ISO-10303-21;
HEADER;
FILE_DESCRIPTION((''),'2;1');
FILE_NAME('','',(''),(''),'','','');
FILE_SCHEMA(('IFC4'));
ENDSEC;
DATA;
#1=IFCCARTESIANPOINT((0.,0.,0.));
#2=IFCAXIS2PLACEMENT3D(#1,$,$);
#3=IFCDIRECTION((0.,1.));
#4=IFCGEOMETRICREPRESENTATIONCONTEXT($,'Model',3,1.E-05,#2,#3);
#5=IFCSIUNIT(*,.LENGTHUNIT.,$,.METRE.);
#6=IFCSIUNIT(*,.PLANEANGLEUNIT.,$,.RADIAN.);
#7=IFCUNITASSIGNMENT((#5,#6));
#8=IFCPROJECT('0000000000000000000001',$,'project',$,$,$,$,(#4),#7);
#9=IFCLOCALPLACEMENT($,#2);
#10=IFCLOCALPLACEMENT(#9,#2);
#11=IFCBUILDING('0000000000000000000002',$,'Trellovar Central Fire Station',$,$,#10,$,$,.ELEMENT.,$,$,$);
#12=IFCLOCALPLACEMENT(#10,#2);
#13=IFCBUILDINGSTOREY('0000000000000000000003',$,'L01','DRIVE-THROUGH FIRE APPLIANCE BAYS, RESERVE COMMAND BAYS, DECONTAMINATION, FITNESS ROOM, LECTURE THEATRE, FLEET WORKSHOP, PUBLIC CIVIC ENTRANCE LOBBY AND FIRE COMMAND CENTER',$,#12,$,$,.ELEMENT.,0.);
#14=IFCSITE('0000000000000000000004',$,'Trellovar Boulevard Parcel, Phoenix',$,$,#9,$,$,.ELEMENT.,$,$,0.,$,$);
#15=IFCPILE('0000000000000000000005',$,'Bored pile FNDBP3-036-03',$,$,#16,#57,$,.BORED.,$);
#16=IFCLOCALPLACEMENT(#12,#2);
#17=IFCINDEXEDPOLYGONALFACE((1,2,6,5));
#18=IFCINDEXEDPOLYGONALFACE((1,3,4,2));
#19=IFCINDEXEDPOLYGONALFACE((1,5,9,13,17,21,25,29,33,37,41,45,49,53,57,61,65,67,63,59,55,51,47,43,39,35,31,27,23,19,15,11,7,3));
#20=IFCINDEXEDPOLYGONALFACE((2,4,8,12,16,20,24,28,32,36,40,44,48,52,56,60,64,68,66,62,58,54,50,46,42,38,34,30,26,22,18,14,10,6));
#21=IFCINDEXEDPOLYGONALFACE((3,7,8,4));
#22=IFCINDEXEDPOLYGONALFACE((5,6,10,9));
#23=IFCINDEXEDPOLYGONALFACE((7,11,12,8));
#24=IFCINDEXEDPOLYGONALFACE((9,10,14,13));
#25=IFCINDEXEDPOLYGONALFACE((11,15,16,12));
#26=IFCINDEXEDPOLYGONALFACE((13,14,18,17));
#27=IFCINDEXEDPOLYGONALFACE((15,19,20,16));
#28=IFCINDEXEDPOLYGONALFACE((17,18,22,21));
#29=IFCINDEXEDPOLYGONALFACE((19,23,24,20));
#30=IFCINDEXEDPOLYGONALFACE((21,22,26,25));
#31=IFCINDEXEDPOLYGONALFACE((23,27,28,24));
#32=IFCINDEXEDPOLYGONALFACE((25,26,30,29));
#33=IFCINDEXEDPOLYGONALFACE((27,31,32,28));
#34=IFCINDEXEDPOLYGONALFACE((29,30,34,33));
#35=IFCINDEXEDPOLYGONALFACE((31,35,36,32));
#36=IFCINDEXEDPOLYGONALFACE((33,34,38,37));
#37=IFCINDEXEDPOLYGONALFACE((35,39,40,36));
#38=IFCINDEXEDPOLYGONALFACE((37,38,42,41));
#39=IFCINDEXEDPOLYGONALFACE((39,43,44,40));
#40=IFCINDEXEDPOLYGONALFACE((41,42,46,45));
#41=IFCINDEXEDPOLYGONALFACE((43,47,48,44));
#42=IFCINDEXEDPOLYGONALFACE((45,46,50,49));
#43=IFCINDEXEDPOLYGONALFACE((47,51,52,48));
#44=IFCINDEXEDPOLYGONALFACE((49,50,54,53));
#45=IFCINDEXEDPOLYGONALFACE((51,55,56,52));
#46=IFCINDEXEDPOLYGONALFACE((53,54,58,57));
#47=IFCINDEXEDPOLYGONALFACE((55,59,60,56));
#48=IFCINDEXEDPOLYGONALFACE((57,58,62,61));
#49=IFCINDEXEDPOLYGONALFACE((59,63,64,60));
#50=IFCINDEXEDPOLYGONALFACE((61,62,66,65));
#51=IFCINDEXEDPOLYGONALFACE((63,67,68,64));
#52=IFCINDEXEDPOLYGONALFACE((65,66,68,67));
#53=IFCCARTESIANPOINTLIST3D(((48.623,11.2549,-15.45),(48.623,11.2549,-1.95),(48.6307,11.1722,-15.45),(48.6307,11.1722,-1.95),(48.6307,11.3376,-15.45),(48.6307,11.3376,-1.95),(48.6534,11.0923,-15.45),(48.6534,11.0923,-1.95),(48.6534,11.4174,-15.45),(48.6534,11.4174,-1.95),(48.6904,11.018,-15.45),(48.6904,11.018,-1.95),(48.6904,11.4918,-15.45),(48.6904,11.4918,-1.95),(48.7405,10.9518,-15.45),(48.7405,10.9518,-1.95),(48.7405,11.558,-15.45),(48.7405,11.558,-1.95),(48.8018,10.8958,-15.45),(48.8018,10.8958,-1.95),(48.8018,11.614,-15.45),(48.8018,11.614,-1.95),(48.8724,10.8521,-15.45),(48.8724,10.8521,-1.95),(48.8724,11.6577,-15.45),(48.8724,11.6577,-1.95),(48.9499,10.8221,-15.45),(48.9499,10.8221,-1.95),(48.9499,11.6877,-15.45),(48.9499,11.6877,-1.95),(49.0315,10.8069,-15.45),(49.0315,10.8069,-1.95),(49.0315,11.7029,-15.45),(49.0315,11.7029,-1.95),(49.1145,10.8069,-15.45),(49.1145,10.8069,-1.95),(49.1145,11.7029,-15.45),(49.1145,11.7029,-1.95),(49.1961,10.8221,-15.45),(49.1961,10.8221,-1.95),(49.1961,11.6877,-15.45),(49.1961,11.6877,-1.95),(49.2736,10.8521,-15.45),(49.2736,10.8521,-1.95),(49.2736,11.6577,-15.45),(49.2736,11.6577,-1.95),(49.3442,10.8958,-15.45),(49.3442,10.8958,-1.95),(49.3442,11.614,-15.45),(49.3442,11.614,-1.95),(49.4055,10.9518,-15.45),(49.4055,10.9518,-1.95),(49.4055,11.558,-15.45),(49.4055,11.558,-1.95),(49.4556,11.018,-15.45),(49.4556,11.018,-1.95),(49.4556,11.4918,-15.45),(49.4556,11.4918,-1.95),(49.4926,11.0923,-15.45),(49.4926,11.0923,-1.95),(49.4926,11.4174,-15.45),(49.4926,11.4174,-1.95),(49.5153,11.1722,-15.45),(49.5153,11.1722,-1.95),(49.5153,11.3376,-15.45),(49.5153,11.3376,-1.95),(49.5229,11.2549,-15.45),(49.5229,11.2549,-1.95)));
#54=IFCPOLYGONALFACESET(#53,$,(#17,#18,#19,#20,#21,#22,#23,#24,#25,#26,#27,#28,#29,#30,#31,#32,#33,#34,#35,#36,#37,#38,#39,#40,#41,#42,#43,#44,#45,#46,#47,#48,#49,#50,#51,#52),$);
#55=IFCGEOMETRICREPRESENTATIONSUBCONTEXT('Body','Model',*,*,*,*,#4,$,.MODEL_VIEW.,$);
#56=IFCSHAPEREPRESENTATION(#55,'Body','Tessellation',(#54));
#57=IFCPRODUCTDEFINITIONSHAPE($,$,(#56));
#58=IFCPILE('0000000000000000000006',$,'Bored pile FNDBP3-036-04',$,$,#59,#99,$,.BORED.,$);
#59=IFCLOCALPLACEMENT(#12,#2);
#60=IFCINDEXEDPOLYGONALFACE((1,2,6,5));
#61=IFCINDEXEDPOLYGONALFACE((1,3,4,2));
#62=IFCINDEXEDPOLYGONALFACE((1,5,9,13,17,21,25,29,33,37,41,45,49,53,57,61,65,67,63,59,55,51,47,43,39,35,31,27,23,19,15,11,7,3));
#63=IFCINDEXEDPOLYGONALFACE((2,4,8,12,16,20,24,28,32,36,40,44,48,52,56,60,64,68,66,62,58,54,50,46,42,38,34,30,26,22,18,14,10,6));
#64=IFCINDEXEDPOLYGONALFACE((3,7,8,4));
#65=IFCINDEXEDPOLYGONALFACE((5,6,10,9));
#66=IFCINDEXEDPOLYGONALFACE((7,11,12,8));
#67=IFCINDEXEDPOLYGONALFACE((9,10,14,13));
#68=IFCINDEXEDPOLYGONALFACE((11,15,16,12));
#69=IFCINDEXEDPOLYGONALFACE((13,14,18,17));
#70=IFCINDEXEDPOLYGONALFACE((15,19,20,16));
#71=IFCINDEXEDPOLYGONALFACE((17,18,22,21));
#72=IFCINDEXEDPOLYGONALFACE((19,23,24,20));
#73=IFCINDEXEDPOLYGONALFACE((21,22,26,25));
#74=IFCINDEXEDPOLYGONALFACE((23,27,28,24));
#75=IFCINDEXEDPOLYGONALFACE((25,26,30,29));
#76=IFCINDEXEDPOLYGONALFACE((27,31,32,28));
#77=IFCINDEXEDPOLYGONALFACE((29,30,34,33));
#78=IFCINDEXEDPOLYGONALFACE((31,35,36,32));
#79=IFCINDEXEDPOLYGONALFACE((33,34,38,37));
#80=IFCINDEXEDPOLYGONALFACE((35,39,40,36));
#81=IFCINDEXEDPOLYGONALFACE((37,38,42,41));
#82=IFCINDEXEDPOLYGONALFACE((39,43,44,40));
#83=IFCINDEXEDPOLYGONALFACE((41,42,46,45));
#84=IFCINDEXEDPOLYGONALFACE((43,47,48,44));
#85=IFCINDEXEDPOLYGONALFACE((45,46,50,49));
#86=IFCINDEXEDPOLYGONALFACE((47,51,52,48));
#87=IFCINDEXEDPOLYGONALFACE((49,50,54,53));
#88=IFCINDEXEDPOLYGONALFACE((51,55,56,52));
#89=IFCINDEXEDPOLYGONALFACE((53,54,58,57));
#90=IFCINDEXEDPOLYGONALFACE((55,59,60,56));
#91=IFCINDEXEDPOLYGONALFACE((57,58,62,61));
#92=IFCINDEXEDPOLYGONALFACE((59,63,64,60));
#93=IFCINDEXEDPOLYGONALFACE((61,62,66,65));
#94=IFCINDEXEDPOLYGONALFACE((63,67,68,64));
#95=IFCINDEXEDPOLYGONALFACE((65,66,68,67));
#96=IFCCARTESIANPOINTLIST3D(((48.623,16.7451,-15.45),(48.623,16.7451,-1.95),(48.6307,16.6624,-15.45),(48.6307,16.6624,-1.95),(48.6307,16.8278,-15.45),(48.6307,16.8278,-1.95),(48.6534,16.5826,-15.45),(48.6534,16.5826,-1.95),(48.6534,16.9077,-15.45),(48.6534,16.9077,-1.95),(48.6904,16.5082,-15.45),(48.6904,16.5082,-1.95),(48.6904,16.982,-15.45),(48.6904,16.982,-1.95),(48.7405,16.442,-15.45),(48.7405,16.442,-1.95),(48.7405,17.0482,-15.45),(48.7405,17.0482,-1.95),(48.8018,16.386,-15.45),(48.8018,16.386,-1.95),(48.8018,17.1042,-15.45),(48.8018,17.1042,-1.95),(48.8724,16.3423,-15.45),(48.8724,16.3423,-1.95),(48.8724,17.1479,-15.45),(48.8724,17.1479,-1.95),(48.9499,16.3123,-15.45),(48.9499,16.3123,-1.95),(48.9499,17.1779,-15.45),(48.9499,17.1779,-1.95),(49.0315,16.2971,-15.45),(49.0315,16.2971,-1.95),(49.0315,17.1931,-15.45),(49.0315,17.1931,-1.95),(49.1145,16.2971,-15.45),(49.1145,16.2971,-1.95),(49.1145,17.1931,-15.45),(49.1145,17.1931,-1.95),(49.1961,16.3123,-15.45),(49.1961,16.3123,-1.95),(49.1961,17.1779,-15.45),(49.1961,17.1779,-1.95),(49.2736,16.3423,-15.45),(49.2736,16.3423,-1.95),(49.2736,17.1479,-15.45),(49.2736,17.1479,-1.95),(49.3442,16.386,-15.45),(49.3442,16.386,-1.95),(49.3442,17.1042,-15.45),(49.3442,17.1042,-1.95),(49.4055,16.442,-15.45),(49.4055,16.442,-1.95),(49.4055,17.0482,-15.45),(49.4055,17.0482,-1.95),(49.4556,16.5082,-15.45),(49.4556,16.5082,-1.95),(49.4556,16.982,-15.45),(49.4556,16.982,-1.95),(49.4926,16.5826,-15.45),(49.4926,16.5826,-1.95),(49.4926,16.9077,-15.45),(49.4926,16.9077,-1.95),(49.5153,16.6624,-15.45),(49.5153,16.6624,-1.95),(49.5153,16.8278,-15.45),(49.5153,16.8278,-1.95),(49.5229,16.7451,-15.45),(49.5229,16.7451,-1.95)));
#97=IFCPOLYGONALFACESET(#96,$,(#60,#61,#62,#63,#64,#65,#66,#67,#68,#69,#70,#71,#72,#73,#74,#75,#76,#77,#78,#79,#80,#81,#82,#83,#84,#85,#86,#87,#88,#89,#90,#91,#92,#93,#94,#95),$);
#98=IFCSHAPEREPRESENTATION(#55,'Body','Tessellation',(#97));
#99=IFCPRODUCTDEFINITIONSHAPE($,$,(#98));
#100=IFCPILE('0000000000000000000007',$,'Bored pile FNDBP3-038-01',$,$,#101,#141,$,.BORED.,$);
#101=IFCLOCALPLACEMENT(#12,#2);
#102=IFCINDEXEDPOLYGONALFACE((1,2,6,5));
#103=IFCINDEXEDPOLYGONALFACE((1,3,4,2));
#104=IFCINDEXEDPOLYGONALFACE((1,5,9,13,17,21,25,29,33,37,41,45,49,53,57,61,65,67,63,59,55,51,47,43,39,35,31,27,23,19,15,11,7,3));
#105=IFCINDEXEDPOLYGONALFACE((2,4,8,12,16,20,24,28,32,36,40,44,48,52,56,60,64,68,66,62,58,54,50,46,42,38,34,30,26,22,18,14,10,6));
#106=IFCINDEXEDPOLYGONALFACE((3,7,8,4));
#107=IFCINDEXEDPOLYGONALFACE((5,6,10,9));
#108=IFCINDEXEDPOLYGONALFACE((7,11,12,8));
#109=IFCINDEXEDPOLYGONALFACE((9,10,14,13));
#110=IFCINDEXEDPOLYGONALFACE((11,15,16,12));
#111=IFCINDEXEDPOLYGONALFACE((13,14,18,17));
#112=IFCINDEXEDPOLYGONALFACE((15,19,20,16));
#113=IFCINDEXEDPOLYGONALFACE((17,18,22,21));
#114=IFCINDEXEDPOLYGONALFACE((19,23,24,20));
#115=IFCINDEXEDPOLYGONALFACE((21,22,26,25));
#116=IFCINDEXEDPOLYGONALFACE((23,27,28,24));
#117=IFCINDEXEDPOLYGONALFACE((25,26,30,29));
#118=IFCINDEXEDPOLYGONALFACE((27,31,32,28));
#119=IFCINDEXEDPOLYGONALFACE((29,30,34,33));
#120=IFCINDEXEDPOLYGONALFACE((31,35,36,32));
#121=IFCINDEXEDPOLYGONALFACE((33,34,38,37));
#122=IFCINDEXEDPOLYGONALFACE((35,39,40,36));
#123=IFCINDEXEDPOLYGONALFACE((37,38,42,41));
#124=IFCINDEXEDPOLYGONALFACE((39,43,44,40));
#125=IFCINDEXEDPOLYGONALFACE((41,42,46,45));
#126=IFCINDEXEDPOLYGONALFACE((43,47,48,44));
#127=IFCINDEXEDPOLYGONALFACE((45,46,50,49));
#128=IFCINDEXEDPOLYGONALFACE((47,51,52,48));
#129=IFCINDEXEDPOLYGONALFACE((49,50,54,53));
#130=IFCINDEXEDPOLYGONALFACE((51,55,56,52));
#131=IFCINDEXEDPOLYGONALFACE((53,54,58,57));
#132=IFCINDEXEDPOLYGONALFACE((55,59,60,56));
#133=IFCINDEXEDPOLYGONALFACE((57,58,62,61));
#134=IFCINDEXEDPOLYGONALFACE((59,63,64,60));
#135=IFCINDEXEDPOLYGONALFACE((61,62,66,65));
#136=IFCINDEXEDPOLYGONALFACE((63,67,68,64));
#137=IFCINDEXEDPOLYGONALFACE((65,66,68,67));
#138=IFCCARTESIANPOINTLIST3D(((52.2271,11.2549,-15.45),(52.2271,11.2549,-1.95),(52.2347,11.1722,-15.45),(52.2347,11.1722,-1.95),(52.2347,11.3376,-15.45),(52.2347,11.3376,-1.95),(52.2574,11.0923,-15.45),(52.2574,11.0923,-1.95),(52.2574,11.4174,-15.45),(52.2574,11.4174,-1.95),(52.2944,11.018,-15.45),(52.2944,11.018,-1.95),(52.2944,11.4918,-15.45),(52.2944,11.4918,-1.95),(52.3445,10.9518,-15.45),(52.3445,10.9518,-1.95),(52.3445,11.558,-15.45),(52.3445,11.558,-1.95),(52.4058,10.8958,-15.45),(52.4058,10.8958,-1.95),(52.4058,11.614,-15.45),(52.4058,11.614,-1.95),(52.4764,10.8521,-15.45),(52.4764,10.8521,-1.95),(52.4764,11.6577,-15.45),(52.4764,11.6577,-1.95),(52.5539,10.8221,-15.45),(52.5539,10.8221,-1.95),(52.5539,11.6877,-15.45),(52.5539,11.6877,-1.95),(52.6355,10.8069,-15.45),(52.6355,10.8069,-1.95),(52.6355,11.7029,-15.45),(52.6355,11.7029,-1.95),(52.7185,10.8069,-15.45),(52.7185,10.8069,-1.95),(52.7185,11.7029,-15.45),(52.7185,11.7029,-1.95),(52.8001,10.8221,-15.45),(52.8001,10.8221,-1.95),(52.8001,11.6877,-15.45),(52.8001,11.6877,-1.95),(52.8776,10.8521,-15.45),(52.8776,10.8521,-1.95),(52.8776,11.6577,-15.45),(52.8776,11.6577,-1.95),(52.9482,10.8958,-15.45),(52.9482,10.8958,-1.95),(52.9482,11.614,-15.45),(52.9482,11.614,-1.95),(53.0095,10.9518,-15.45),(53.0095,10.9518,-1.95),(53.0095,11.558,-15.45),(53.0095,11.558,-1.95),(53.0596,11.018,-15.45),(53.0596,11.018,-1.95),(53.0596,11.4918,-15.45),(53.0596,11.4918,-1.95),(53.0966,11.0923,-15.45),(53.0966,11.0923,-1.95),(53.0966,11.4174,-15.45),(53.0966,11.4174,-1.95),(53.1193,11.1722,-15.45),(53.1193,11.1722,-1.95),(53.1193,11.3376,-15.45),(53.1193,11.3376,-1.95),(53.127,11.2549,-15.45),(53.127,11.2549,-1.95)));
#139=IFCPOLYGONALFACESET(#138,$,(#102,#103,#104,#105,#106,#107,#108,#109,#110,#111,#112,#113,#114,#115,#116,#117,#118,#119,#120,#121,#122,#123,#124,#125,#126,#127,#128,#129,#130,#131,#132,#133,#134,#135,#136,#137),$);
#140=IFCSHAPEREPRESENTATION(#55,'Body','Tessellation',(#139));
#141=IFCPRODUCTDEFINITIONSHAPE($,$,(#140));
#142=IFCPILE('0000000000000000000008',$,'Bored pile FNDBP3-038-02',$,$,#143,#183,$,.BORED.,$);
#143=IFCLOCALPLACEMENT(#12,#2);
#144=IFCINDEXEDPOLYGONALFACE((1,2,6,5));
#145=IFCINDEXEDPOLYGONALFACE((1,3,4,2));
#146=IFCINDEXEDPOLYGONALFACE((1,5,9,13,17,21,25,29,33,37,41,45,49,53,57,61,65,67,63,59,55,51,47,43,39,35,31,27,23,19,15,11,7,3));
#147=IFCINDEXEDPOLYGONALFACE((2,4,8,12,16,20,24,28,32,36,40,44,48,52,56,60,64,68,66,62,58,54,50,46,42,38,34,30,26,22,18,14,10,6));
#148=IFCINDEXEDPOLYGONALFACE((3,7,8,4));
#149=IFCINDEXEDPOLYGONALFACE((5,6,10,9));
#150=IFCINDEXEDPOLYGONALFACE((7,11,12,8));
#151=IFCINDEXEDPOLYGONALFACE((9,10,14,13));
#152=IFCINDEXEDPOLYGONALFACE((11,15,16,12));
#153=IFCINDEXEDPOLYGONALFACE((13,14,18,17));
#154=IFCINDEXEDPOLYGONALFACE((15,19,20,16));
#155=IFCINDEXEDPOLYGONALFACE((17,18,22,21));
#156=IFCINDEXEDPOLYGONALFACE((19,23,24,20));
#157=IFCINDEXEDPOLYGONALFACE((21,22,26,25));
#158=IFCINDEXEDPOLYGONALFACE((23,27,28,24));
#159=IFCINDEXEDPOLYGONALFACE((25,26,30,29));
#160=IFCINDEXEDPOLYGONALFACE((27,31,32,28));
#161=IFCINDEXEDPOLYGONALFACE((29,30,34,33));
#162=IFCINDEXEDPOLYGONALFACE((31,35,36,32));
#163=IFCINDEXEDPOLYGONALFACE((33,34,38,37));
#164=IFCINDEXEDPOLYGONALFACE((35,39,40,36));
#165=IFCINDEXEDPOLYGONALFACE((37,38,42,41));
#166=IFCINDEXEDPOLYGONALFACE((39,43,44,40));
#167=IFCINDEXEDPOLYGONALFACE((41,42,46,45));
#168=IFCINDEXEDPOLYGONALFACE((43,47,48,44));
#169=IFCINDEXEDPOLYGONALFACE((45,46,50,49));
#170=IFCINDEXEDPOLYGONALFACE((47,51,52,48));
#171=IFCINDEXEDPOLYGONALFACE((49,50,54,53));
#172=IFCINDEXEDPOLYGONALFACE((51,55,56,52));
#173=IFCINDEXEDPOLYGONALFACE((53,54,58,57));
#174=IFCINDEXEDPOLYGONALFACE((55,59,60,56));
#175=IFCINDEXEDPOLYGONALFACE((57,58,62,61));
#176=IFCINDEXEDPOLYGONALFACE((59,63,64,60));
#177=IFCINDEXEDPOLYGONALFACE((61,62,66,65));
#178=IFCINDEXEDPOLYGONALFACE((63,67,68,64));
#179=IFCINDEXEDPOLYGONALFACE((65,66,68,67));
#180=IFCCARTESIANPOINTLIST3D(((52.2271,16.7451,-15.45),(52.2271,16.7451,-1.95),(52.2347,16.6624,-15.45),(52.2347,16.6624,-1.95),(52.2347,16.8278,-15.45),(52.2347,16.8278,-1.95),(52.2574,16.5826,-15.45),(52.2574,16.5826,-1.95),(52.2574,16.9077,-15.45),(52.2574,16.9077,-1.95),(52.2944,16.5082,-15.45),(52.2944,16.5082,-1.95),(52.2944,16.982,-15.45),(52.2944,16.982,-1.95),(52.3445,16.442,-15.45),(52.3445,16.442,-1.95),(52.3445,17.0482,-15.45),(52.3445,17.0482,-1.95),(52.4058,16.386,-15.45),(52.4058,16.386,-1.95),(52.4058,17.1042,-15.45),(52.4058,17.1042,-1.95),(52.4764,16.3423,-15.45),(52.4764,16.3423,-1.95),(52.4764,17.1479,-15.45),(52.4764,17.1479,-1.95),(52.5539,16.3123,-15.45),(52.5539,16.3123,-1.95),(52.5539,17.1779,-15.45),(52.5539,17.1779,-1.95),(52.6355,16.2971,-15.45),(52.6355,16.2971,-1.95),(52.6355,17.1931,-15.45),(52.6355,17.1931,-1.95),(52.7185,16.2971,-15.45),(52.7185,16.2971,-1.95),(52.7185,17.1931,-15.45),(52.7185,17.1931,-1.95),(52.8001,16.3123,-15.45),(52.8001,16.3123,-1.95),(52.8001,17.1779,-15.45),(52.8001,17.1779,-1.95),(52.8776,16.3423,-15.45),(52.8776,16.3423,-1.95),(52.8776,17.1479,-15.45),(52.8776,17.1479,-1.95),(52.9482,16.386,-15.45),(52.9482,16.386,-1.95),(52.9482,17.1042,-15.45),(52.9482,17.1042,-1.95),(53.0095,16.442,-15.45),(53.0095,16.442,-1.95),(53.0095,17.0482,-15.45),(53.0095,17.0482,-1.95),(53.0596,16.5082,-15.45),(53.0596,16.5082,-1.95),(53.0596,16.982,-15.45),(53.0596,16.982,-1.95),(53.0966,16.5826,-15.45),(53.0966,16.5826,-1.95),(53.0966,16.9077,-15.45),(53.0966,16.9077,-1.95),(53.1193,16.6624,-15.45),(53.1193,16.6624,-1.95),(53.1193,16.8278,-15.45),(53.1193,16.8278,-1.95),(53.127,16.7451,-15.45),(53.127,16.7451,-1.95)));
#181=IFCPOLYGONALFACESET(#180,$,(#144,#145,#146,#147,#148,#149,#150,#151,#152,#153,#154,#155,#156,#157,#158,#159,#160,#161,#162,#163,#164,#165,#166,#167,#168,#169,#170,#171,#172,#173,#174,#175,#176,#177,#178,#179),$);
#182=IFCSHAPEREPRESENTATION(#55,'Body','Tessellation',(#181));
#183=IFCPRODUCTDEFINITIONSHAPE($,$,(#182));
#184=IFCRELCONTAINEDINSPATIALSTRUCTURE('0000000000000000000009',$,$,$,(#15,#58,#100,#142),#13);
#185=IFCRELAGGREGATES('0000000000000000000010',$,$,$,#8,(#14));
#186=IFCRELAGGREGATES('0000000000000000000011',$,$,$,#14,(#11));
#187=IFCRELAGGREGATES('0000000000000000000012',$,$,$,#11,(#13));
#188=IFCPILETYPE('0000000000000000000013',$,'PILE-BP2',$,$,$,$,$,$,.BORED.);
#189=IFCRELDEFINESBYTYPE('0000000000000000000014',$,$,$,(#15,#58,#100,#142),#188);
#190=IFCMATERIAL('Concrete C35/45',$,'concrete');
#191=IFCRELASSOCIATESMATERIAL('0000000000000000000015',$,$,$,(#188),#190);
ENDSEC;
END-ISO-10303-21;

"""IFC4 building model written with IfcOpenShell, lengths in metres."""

from ifc_helpers import new_model, si_unit, direction, frame, origin, origin_2d, place, context, subcontext, project, spatial, circle, extrude, material, material_profile, profile_set, type_object, element, save


model = new_model("IFC4")

# Units and contexts
model_context = context("Model", 3, precision=1e-05, world=origin(), true_north=direction((0.0, 1.0)))
body_context = subcontext(model_context, "Body", "Model", "MODEL_VIEW")
ifc_project = project(units=[si_unit("LENGTHUNIT", "METRE"), si_unit("PLANEANGLEUNIT", "RADIAN")], contexts=[model_context])

# Site, building, storey
site_placement = place(None, origin())
site = spatial("IfcSite", under=ifc_project, at=site_placement, Name="Trellovar Boulevard Parcel, Phoenix", CompositionType="ELEMENT", RefElevation=0.0)
building_placement = place(site_placement, origin())
building = spatial("IfcBuilding", under=site, at=building_placement, Name="Trellovar Central Fire Station", CompositionType="ELEMENT")
storey_placement = place(building_placement, origin())
storey = spatial("IfcBuildingStorey", under=building, at=storey_placement, Name="L01", Description="DRIVE-THROUGH FIRE APPLIANCE BAYS, RESERVE COMMAND BAYS, DECONTAMINATION, FITNESS ROOM, LECTURE THEATRE, FLEET WORKSHOP, PUBLIC CIVIC ENTRANCE LOBBY AND FIRE COMMAND CENTER", CompositionType="ELEMENT", Elevation=0.0)

# Piles
ifc_material_1 = material(Name="Concrete C35/45", Category="concrete")
ifc_material_profile_1 = material_profile(ifc_material_1, circle(Radius=0.45, at=origin_2d()), Name="PILE900")
ifc_profile_set_1 = profile_set([ifc_material_profile_1], Name="Concrete C35/45")
pile_type = type_object("IfcPileType", Name="PILE-BP2", PredefinedType="BORED", material=ifc_profile_set_1)
for number, where, z_axis, x_axis, name in (
    (1, (49.073, 11.2549, -1.95), (0.0, 0.0, -1.0), (1.0, 0.0, 0.0), "Bored pile FNDBP3-036-03"),
    (2, (49.073, 16.7451, -1.95), (0.0, 0.0, -1.0), (1.0, 0.0, 0.0), "Bored pile FNDBP3-036-04"),
    (3, (52.677, 11.2549, -1.95), (0.0, 0.0, -1.0), (1.0, 0.0, 0.0), "Bored pile FNDBP3-038-01"),
    (4, (52.677, 16.7451, -1.95), (0.0, 0.0, -1.0), (1.0, 0.0, 0.0), "Bored pile FNDBP3-038-02"),
):
    element("IfcPile", number, at=place(storey_placement, frame(where, z_axis=z_axis, x_axis=x_axis)), inside=storey, type_object=pile_type, Name=name, PredefinedType="BORED", context=body_context, shape_type="SweptSolid", body=[
        extrude(circle(Radius=0.45, at=origin_2d()), origin(), (0.0, 0.0, 1.0), 13.5),
    ])

save(model, "model.ifc")
